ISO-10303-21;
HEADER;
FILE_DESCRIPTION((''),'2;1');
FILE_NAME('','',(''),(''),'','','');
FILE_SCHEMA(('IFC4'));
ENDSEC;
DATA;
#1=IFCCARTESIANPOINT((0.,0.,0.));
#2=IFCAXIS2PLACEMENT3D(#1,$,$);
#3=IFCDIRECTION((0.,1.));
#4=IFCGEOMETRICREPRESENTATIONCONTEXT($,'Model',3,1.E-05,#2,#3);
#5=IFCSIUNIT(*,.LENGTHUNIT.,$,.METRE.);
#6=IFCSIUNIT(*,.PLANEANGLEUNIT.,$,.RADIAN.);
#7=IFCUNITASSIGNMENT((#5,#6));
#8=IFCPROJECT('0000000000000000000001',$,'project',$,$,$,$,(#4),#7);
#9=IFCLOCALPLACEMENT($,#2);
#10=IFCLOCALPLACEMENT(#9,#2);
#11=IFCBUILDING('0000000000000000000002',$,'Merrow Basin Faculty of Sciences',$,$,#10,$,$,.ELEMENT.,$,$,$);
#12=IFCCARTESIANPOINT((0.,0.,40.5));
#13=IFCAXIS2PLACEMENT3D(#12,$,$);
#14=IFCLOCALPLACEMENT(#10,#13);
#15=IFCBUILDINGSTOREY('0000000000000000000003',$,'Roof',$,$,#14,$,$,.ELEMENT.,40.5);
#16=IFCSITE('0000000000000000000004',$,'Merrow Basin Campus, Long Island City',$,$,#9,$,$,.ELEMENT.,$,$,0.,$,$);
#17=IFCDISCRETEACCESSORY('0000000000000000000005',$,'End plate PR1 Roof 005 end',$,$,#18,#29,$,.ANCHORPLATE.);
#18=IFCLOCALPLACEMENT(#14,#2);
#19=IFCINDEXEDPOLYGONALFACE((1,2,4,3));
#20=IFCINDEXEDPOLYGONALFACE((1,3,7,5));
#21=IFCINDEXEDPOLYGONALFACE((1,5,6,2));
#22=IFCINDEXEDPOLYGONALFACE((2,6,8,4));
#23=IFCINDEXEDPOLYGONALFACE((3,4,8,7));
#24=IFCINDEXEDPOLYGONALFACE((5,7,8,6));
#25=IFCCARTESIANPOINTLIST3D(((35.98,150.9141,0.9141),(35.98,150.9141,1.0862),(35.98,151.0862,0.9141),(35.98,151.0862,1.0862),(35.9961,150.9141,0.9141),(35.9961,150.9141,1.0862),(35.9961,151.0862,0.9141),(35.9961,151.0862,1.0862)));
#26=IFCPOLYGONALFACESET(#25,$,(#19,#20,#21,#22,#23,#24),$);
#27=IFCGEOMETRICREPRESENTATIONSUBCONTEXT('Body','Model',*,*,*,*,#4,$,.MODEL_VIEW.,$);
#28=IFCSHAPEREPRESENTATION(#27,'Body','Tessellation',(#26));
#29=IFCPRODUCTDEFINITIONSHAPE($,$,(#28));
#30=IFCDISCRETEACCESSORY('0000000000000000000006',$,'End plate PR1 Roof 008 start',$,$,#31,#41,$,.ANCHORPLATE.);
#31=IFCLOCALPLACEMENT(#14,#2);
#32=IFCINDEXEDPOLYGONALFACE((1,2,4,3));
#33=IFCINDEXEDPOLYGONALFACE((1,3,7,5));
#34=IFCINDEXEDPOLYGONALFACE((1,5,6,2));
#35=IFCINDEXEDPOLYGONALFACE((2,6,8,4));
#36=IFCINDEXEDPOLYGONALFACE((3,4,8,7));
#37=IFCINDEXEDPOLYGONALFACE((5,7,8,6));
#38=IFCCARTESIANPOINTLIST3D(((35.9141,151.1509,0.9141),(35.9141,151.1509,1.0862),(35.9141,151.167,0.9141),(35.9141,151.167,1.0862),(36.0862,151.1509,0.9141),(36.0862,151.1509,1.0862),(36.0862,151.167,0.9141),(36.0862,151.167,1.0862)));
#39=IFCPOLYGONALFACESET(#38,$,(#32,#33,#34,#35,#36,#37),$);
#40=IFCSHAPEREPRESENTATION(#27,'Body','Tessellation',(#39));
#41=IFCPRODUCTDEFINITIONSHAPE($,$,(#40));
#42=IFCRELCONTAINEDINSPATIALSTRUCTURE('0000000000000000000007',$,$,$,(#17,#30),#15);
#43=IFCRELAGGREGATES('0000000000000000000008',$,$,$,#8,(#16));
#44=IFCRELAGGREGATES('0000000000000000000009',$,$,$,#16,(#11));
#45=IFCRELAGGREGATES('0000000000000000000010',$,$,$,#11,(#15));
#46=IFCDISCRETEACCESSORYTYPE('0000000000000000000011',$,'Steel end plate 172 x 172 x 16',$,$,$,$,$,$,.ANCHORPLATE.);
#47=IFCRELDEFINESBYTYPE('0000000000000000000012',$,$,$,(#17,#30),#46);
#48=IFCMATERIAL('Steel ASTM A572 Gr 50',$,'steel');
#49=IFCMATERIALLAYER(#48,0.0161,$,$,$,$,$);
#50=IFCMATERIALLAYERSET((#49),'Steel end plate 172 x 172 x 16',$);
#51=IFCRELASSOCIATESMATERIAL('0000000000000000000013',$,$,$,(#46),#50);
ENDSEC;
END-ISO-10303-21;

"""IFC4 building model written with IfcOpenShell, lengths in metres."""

from ifc_helpers import new_model, si_unit, direction, frame, origin, place, context, subcontext, project, spatial, polyline, outline, extrude, source, transform, mapped, material, layer, layer_set, type_object, element, save


model = new_model("IFC4")

# Units and contexts
model_context = context("Model", 3, precision=1e-05, world=origin(), true_north=direction((0.0, 1.0)))
body_context = subcontext(model_context, "Body", "Model", "MODEL_VIEW")
ifc_project = project(units=[si_unit("LENGTHUNIT", "METRE"), si_unit("PLANEANGLEUNIT", "RADIAN")], contexts=[model_context])

# Site, building, storey
site_placement = place(None, origin())
site = spatial("IfcSite", under=ifc_project, at=site_placement, Name="Merrow Basin Campus, Long Island City", CompositionType="ELEMENT", RefElevation=0.0)
building_placement = place(site_placement, origin())
building = spatial("IfcBuilding", under=site, at=building_placement, Name="Merrow Basin Faculty of Sciences", CompositionType="ELEMENT")
storey_placement = place(building_placement, frame((0.0, 0.0, 40.5)))
storey = spatial("IfcBuildingStorey", under=building, at=storey_placement, Name="Roof", CompositionType="ELEMENT", Elevation=40.5)

# Discrete accessories
ifc_material_1 = material(Name="Steel ASTM A572 Gr 50", Category="steel")
ifc_layer_1 = layer(ifc_material_1, 0.0161)
ifc_layer_set_1 = layer_set([ifc_layer_1], Name="Steel end plate 172 x 172 x 16")
discrete_accessory_type_1 = type_object("IfcDiscreteAccessoryType", Name="Steel end plate 172 x 172 x 16", PredefinedType="ANCHORPLATE", material=ifc_layer_set_1)
shared_shape_1 = source(origin(), body_context, "Body", "SweptSolid", [
    extrude(outline(polyline([(0.0, 0.0), (0.1721, 0.0), (0.1721, 0.1721), (0.0, 0.1721), (0.0, 0.0)])), origin(), (0.0, 0.0, 1.0), 0.0161),
])
for number, where, z_axis, x_axis, name in (
    (1, (35.98, 150.9141, 0.9141), (1.0, 0.0, 0.0), (0.0, 1.0, 0.0), "End plate PR1 Roof 005 end"),
    (2, (35.9141, 151.167, 0.9141), (0.0, -1.0, 0.0), (1.0, 0.0, 0.0), "End plate PR1 Roof 008 start"),
):
    element("IfcDiscreteAccessory", number, at=place(storey_placement, frame(where, z_axis=z_axis, x_axis=x_axis)), inside=storey, type_object=discrete_accessory_type_1, Name=name, PredefinedType="ANCHORPLATE", context=body_context, shape_type="MappedRepresentation", body=[
        mapped(shared_shape_1, transform((0.0, 0.0, 0.0), scale=1.0)),
    ])

save(model, "model.ifc")
